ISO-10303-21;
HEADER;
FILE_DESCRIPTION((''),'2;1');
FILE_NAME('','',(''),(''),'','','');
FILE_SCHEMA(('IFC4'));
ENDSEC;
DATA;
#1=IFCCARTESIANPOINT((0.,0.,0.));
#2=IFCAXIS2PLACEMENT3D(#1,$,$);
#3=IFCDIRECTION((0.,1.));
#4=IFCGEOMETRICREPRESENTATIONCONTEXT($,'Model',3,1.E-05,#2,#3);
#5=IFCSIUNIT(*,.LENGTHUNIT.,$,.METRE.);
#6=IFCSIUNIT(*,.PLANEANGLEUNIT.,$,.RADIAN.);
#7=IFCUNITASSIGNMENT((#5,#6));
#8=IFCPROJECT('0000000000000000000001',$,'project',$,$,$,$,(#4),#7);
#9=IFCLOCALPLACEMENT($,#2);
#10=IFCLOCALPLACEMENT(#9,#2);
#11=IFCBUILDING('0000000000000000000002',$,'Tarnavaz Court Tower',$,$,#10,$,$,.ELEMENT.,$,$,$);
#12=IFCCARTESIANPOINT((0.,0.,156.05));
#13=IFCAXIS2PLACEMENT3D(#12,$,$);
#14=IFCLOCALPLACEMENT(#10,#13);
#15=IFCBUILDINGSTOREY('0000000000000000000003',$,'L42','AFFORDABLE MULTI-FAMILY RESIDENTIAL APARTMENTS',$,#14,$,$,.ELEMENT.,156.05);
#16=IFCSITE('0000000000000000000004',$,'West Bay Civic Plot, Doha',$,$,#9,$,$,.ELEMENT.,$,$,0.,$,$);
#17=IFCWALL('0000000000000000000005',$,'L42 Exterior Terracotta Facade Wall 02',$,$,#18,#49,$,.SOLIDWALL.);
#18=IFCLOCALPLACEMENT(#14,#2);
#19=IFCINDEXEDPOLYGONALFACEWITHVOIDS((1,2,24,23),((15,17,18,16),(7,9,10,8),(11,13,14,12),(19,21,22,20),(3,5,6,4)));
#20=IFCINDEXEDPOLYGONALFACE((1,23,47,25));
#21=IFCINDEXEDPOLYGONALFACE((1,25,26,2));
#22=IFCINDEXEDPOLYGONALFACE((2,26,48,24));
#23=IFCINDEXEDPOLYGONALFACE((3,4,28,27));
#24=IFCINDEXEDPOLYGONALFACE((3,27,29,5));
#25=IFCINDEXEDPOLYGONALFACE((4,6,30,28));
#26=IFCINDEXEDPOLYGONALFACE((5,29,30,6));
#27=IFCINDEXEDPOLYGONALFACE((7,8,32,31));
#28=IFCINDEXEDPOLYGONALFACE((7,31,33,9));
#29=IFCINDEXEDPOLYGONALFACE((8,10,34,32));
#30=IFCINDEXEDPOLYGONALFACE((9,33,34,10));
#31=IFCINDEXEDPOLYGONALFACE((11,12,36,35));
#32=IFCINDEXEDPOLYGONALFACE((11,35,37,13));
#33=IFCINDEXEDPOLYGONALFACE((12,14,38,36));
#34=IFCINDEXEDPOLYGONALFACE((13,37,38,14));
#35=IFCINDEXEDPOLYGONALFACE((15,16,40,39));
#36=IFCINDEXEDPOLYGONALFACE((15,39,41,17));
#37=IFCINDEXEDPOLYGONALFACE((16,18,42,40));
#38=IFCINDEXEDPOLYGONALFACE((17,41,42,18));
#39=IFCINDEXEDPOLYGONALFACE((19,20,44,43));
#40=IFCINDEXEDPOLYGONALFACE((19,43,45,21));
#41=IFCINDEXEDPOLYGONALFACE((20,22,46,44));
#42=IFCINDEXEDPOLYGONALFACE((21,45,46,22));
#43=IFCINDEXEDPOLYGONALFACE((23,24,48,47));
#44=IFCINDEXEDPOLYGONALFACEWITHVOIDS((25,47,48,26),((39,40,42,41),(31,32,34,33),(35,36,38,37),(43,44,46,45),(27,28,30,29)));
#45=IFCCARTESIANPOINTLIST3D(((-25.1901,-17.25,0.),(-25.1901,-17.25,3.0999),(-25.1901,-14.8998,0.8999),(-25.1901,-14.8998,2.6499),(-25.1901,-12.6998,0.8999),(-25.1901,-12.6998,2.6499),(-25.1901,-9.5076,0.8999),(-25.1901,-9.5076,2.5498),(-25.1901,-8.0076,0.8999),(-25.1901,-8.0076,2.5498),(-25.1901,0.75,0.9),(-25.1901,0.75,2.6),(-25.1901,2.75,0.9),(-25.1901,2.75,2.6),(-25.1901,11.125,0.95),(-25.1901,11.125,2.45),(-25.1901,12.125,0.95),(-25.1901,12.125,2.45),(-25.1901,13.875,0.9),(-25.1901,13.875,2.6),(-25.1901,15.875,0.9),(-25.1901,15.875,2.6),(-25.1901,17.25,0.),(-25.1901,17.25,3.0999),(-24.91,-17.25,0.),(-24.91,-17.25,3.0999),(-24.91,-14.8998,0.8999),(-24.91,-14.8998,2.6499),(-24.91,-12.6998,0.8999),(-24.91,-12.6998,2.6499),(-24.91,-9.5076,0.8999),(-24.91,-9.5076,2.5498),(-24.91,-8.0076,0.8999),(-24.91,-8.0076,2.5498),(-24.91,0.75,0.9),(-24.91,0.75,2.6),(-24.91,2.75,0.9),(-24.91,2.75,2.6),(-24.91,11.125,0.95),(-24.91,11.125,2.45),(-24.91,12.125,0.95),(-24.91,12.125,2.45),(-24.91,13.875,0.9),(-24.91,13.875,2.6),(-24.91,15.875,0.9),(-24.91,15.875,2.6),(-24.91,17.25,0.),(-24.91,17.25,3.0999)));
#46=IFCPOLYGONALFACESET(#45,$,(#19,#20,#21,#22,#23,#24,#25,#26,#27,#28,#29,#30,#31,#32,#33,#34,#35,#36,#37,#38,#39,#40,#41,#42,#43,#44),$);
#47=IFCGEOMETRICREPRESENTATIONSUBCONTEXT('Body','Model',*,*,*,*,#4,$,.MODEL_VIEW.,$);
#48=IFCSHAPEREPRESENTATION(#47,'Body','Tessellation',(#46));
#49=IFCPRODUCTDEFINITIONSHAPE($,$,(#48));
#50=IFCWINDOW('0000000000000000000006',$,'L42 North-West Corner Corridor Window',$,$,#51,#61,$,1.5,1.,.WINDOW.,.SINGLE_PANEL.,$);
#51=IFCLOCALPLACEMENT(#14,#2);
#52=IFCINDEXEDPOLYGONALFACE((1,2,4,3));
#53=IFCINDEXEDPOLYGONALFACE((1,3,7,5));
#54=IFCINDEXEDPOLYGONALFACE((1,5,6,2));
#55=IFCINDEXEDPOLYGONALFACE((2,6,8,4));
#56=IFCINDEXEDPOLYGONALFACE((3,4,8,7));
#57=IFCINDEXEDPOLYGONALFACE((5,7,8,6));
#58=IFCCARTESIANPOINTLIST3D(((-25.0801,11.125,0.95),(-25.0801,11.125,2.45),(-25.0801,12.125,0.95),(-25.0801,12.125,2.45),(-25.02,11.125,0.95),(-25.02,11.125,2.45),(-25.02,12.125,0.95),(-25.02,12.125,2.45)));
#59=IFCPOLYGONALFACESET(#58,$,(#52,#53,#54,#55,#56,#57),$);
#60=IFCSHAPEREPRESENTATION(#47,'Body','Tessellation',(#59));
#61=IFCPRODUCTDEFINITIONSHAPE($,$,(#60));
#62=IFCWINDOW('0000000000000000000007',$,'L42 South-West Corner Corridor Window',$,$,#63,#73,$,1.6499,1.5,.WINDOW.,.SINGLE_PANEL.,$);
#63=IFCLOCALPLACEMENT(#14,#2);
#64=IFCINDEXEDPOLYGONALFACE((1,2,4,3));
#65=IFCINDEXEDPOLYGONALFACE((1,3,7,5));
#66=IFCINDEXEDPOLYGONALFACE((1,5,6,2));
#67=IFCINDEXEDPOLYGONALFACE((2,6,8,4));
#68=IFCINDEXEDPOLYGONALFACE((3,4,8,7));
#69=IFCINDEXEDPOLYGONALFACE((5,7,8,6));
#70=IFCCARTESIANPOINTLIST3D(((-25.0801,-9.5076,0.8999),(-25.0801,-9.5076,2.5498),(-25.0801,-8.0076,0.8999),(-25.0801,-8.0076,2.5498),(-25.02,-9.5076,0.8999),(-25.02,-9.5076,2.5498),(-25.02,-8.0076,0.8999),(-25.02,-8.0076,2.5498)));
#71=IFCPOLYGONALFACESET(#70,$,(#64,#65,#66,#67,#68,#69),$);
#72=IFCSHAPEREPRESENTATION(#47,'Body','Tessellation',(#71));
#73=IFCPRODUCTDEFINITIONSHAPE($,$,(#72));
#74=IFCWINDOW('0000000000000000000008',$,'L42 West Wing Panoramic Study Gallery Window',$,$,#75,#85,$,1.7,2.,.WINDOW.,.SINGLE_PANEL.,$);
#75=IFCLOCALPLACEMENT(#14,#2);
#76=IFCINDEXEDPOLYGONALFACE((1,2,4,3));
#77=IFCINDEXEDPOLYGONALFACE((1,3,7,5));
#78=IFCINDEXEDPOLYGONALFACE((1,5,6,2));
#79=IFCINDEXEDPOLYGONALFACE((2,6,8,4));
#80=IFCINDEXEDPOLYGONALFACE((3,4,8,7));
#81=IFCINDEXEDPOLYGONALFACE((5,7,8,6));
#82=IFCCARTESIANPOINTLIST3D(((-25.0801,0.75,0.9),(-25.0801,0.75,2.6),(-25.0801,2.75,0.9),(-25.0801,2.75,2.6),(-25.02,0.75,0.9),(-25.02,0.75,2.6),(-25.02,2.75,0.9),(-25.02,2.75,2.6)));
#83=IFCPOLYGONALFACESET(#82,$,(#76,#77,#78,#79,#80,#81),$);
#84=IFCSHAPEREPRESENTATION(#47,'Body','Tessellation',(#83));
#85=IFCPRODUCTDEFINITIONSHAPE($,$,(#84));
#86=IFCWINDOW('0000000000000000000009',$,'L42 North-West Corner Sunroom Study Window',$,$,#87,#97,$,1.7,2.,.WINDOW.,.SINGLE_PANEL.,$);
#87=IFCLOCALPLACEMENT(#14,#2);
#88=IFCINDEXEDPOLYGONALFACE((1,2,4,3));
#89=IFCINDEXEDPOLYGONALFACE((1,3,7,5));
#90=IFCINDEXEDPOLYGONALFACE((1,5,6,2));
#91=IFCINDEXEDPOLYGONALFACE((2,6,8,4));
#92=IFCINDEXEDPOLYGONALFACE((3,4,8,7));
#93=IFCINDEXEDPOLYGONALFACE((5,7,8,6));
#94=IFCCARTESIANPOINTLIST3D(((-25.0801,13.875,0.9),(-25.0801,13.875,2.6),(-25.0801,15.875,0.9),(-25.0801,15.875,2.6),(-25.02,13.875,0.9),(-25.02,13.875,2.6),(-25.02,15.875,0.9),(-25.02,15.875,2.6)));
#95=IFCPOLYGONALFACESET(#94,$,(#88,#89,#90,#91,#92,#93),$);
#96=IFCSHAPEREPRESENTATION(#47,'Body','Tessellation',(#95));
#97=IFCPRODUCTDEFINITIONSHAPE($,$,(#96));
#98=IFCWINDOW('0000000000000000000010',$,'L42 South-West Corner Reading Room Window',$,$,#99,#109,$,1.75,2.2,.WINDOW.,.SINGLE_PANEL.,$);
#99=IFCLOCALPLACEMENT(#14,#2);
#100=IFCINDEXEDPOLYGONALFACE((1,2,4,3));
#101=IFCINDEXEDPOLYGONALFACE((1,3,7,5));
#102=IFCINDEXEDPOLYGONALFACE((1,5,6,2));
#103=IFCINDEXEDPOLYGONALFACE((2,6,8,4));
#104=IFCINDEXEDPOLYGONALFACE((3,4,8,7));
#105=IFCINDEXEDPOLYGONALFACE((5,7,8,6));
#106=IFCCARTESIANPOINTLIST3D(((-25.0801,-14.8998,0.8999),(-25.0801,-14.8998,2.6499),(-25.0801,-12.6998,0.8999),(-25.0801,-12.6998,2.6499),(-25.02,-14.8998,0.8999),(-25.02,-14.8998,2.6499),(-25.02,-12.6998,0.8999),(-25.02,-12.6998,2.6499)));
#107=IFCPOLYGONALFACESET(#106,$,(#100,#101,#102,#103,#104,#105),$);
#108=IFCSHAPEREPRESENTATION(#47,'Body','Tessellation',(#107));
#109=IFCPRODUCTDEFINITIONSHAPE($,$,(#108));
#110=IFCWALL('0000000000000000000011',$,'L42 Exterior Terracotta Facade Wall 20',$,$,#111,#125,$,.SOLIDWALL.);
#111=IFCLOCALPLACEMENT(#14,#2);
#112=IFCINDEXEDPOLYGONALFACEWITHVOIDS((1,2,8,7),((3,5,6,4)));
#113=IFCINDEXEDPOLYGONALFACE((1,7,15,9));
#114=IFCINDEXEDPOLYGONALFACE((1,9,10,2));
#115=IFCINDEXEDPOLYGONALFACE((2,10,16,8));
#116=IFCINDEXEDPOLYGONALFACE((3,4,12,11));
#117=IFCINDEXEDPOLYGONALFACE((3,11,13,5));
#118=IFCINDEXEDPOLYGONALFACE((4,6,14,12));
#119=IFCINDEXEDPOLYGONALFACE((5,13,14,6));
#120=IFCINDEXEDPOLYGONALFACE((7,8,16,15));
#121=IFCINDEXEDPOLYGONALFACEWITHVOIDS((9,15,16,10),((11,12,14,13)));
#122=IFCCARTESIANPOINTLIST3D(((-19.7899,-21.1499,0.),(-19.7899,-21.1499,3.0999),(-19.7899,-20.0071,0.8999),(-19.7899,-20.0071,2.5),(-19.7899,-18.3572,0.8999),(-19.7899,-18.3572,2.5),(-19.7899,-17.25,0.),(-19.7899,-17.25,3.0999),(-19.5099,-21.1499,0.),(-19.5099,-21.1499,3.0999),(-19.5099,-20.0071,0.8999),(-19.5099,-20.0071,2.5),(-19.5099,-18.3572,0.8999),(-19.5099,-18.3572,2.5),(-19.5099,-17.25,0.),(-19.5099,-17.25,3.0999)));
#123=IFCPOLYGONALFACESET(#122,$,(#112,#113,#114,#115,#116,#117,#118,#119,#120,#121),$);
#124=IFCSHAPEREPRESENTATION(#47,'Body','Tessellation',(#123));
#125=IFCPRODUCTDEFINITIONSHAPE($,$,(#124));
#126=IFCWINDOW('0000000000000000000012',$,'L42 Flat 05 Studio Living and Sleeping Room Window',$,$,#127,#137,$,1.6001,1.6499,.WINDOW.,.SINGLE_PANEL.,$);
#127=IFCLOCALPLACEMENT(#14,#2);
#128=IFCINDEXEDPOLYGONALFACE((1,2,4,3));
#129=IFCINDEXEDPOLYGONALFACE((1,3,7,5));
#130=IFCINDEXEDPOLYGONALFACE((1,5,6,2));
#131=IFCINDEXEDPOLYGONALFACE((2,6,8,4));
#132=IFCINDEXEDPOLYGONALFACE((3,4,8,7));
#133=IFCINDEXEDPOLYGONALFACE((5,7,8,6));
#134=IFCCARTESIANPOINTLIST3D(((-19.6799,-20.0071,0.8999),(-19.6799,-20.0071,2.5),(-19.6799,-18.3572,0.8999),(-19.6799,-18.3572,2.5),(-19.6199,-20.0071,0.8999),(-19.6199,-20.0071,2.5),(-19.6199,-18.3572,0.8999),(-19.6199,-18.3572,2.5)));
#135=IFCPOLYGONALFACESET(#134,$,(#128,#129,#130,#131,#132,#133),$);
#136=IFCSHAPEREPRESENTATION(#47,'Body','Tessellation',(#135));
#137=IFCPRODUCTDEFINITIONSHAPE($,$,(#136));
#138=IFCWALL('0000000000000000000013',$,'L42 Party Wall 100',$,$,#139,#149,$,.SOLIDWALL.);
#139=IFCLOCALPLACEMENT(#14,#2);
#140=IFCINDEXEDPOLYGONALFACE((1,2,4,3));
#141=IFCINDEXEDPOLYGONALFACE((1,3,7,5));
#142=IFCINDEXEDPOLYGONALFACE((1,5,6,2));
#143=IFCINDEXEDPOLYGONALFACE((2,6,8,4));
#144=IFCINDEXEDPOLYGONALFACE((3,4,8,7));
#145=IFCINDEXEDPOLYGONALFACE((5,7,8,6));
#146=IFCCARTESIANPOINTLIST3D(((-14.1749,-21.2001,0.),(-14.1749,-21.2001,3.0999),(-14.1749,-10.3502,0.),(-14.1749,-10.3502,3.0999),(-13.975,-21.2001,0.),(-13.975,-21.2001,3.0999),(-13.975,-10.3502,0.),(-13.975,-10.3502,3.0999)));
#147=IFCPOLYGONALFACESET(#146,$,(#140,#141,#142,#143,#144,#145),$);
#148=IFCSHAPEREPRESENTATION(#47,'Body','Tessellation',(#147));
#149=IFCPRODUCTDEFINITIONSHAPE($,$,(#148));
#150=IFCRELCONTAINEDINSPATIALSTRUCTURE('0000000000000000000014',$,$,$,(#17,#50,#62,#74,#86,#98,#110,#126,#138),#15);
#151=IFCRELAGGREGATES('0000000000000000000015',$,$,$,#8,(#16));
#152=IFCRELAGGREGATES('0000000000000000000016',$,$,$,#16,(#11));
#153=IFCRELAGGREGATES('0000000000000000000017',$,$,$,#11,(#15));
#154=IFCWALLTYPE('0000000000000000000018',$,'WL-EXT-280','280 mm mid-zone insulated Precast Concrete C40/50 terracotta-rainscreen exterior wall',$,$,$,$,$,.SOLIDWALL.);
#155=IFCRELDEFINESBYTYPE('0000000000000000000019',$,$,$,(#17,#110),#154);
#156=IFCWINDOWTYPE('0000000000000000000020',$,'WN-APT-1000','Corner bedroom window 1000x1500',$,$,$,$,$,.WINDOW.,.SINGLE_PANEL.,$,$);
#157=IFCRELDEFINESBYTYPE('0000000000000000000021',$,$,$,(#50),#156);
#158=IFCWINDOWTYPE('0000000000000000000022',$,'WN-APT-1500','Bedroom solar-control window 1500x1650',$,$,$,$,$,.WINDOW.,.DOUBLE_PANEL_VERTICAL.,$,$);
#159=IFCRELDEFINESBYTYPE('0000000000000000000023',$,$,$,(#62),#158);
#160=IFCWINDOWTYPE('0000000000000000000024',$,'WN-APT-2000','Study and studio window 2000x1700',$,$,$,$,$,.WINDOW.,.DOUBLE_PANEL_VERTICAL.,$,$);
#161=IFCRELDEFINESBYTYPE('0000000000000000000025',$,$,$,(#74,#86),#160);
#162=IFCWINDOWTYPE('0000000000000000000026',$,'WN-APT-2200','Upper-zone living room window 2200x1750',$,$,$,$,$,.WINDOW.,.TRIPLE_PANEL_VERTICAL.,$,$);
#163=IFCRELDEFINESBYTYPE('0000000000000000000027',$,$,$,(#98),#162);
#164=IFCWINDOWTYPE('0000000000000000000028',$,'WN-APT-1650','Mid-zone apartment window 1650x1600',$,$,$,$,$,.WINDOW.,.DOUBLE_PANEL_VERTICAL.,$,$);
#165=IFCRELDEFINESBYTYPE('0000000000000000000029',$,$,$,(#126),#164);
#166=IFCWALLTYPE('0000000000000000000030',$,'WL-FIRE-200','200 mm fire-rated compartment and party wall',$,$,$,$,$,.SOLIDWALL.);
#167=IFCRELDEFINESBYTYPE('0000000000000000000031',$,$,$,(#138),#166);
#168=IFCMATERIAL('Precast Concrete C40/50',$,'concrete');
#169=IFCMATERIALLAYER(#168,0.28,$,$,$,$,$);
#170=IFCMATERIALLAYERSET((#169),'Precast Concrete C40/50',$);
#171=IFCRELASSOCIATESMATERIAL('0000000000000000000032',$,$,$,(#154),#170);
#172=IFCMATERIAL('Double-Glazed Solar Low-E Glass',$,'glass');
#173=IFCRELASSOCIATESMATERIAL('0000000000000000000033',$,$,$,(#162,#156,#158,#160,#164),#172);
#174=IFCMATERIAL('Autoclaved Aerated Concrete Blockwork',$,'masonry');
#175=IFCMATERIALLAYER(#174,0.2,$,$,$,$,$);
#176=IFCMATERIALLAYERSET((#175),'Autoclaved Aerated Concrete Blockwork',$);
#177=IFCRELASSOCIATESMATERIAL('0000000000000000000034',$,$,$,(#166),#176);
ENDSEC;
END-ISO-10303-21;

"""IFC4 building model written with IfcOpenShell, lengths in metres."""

from ifc_helpers import new_model, si_unit, direction, frame, frame_2d, origin, place, context, subcontext, project, spatial, rectangle, extrude, material, layer, layer_set, type_object, element, fill, save


model = new_model("IFC4")

# Units and contexts
model_context = context("Model", 3, precision=1e-05, world=origin(), true_north=direction((0.0, 1.0)))
body_context = subcontext(model_context, "Body", "Model", "MODEL_VIEW")
ifc_project = project(units=[si_unit("LENGTHUNIT", "METRE"), si_unit("PLANEANGLEUNIT", "RADIAN")], contexts=[model_context])

# Site, building, storey
site_placement = place(None, origin())
site = spatial("IfcSite", under=ifc_project, at=site_placement, Name="West Bay Civic Plot, Doha", CompositionType="ELEMENT", RefElevation=0.0)
building_placement = place(site_placement, origin())
building = spatial("IfcBuilding", under=site, at=building_placement, Name="Tarnavaz Court Tower", CompositionType="ELEMENT")
storey_placement = place(building_placement, frame((0.0, 0.0, 156.05)))
storey = spatial("IfcBuildingStorey", under=building, at=storey_placement, Name="L42", Description="AFFORDABLE MULTI-FAMILY RESIDENTIAL APARTMENTS", CompositionType="ELEMENT", Elevation=156.05)

# Shared definitions
ifc_material_1 = material(Name="Precast Concrete C40/50", Category="concrete")
ifc_layer_1 = layer(ifc_material_1, 0.28)
ifc_layer_set_1 = layer_set([ifc_layer_1], Name="Precast Concrete C40/50")
wall_type_1 = type_object("IfcWallType", Name="WL-EXT-280", Description="280 mm mid-zone insulated Precast Concrete C40/50 terracotta-rainscreen exterior wall", PredefinedType="SOLIDWALL", material=ifc_layer_set_1)
ifc_material_2 = material(Name="Double-Glazed Solar Low-E Glass", Category="glass")
window_type_1 = type_object("IfcWindowType", Name="WN-APT-2200", Description="Upper-zone living room window 2200x1750", PartitioningType="TRIPLE_PANEL_VERTICAL", PredefinedType="WINDOW", material=ifc_material_2)

# Wall, openings, windows
wall_1_placement = place(storey_placement, frame((-25.05, -17.25, 0.0), z_axis=(0.0, 0.0, 1.0), x_axis=(0.0, 1.0, 0.0)))
wall_1 = element("IfcWall", 1, at=wall_1_placement, inside=storey, type_object=wall_type_1, Name="L42 Exterior Terracotta Facade Wall 02", PredefinedType="SOLIDWALL", context=body_context, shape_type="SweptSolid", body=[
    extrude(rectangle(XDim=34.5, YDim=0.28, at=frame_2d((17.25, 0.0))), origin(), (0.0, 0.0, 1.0), 3.0999),
])
opening_1_placement = place(wall_1_placement, frame((2.3501, 0.0, 0.8999)))
opening_1 = element("IfcOpeningElement", 2, at=opening_1_placement, cuts=wall_1, PredefinedType="OPENING", context=body_context, shape_type="SweptSolid", body=[
    extrude(rectangle(XDim=2.2, YDim=1.75, at=frame_2d((1.1001, 0.875))), frame((0.0, 0.1499, 0.0), z_axis=(0.0, -1.0, 0.0), x_axis=(1.0, 0.0, 0.0)), (0.0, 0.0, 1.0), 0.3),
])
opening_2_placement = place(wall_1_placement, frame((7.7424, 0.0, 0.8999)))
opening_2 = element("IfcOpeningElement", 3, at=opening_2_placement, cuts=wall_1, PredefinedType="OPENING", context=body_context, shape_type="SweptSolid", body=[
    extrude(rectangle(XDim=1.5, YDim=1.6499, at=frame_2d((0.75, 0.825))), frame((0.0, 0.1499, 0.0), z_axis=(0.0, -1.0, 0.0), x_axis=(1.0, 0.0, 0.0)), (0.0, 0.0, 1.0), 0.3),
])
opening_3_placement = place(wall_1_placement, frame((18.0, 0.0, 0.8999)))
opening_3 = element("IfcOpeningElement", 4, at=opening_3_placement, cuts=wall_1, PredefinedType="OPENING", context=body_context, shape_type="SweptSolid", body=[
    extrude(rectangle(XDim=2.0, YDim=1.7, at=frame_2d((1.0, 0.8501))), frame((0.0, 0.1499, 0.0), z_axis=(0.0, -1.0, 0.0), x_axis=(1.0, 0.0, 0.0)), (0.0, 0.0, 1.0), 0.3),
])
opening_4_placement = place(wall_1_placement, frame((28.375, 0.0, 0.95)))
opening_4 = element("IfcOpeningElement", 5, at=opening_4_placement, cuts=wall_1, PredefinedType="OPENING", context=body_context, shape_type="SweptSolid", body=[
    extrude(rectangle(XDim=1.0, YDim=1.5, at=frame_2d((0.5, 0.75))), frame((0.0, 0.1499, 0.0), z_axis=(0.0, -1.0, 0.0), x_axis=(1.0, 0.0, 0.0)), (0.0, 0.0, 1.0), 0.3),
])
opening_5_placement = place(wall_1_placement, frame((31.125, 0.0, 0.8999)))
opening_5 = element("IfcOpeningElement", 6, at=opening_5_placement, cuts=wall_1, PredefinedType="OPENING", context=body_context, shape_type="SweptSolid", body=[
    extrude(rectangle(XDim=2.0, YDim=1.7, at=frame_2d((1.0, 0.8501))), frame((0.0, 0.1499, 0.0), z_axis=(0.0, -1.0, 0.0), x_axis=(1.0, 0.0, 0.0)), (0.0, 0.0, 1.0), 0.3),
])
window_type_2 = type_object("IfcWindowType", Name="WN-APT-1000", Description="Corner bedroom window 1000x1500", PartitioningType="SINGLE_PANEL", PredefinedType="WINDOW", material=ifc_material_2)
window_1_placement = place(opening_4_placement, origin())
window_1 = element("IfcWindow", 7, at=window_1_placement, inside=storey, type_object=window_type_2, Name="L42 North-West Corner Corridor Window", OverallHeight=1.5, OverallWidth=1.0, PartitioningType="SINGLE_PANEL", PredefinedType="WINDOW", context=body_context, shape_type="SweptSolid", body=[
    extrude(rectangle(XDim=1.0, YDim=1.5, at=frame_2d((0.5, 0.75))), frame((0.0, 0.03, 0.0), z_axis=(0.0, -1.0, 0.0), x_axis=(1.0, 0.0, 0.0)), (0.0, 0.0, 1.0), 0.0601),
])
fill(opening_4, window_1)
window_type_3 = type_object("IfcWindowType", Name="WN-APT-1500", Description="Bedroom solar-control window 1500x1650", PartitioningType="DOUBLE_PANEL_VERTICAL", PredefinedType="WINDOW", material=ifc_material_2)
window_2_placement = place(opening_2_placement, origin())
window_2 = element("IfcWindow", 8, at=window_2_placement, inside=storey, type_object=window_type_3, Name="L42 South-West Corner Corridor Window", OverallHeight=1.6499, OverallWidth=1.5, PartitioningType="SINGLE_PANEL", PredefinedType="WINDOW", context=body_context, shape_type="SweptSolid", body=[
    extrude(rectangle(XDim=1.5, YDim=1.6499, at=frame_2d((0.75, 0.825))), frame((0.0, 0.03, 0.0), z_axis=(0.0, -1.0, 0.0), x_axis=(1.0, 0.0, 0.0)), (0.0, 0.0, 1.0), 0.0601),
])
fill(opening_2, window_2)
window_type_4 = type_object("IfcWindowType", Name="WN-APT-2000", Description="Study and studio window 2000x1700", PartitioningType="DOUBLE_PANEL_VERTICAL", PredefinedType="WINDOW", material=ifc_material_2)
window_3_placement = place(opening_3_placement, origin())
window_3 = element("IfcWindow", 9, at=window_3_placement, inside=storey, type_object=window_type_4, Name="L42 West Wing Panoramic Study Gallery Window", OverallHeight=1.7, OverallWidth=2.0, PartitioningType="SINGLE_PANEL", PredefinedType="WINDOW", context=body_context, shape_type="SweptSolid", body=[
    extrude(rectangle(XDim=2.0, YDim=1.7, at=frame_2d((1.0, 0.8501))), frame((0.0, 0.03, 0.0), z_axis=(0.0, -1.0, 0.0), x_axis=(1.0, 0.0, 0.0)), (0.0, 0.0, 1.0), 0.0601),
])
fill(opening_3, window_3)
window_4_placement = place(opening_5_placement, origin())
window_4 = element("IfcWindow", 10, at=window_4_placement, inside=storey, type_object=window_type_4, Name="L42 North-West Corner Sunroom Study Window", OverallHeight=1.7, OverallWidth=2.0, PartitioningType="SINGLE_PANEL", PredefinedType="WINDOW", context=body_context, shape_type="SweptSolid", body=[
    extrude(rectangle(XDim=2.0, YDim=1.7, at=frame_2d((1.0, 0.8501))), frame((0.0, 0.03, 0.0), z_axis=(0.0, -1.0, 0.0), x_axis=(1.0, 0.0, 0.0)), (0.0, 0.0, 1.0), 0.0601),
])
fill(opening_5, window_4)
window_5_placement = place(opening_1_placement, origin())
window_5 = element("IfcWindow", 11, at=window_5_placement, inside=storey, type_object=window_type_1, Name="L42 South-West Corner Reading Room Window", OverallHeight=1.75, OverallWidth=2.2, PartitioningType="SINGLE_PANEL", PredefinedType="WINDOW", context=body_context, shape_type="SweptSolid", body=[
    extrude(rectangle(XDim=2.2, YDim=1.75, at=frame_2d((1.1001, 0.875))), frame((0.0, 0.03, 0.0), z_axis=(0.0, -1.0, 0.0), x_axis=(1.0, 0.0, 0.0)), (0.0, 0.0, 1.0), 0.0601),
])
fill(opening_1, window_5)

# Wall, opening, window
wall_2_placement = place(storey_placement, frame((-19.6499, -21.1499, 0.0), z_axis=(0.0, 0.0, 1.0), x_axis=(0.0, 1.0, 0.0)))
wall_2 = element("IfcWall", 12, at=wall_2_placement, inside=storey, type_object=wall_type_1, Name="L42 Exterior Terracotta Facade Wall 20", PredefinedType="SOLIDWALL", context=body_context, shape_type="SweptSolid", body=[
    extrude(rectangle(XDim=3.8999, YDim=0.28, at=frame_2d((1.95, 0.0))), origin(), (0.0, 0.0, 1.0), 3.0999),
])
opening_6_placement = place(wall_2_placement, frame((1.1428, 0.0, 0.8999)))
opening_6 = element("IfcOpeningElement", 13, at=opening_6_placement, cuts=wall_2, PredefinedType="OPENING", context=body_context, shape_type="SweptSolid", body=[
    extrude(rectangle(XDim=1.6499, YDim=1.6001, at=frame_2d((0.825, 0.8))), frame((0.0, 0.1499, 0.0), z_axis=(0.0, -1.0, 0.0), x_axis=(1.0, 0.0, 0.0)), (0.0, 0.0, 1.0), 0.3),
])
window_type_5 = type_object("IfcWindowType", Name="WN-APT-1650", Description="Mid-zone apartment window 1650x1600", PartitioningType="DOUBLE_PANEL_VERTICAL", PredefinedType="WINDOW", material=ifc_material_2)
window_6_placement = place(opening_6_placement, origin())
window_6 = element("IfcWindow", 14, at=window_6_placement, inside=storey, type_object=window_type_5, Name="L42 Flat 05 Studio Living and Sleeping Room Window", OverallHeight=1.6001, OverallWidth=1.6499, PartitioningType="SINGLE_PANEL", PredefinedType="WINDOW", context=body_context, shape_type="SweptSolid", body=[
    extrude(rectangle(XDim=1.6499, YDim=1.6001, at=frame_2d((0.825, 0.8))), frame((0.0, 0.03, 0.0), z_axis=(0.0, -1.0, 0.0), x_axis=(1.0, 0.0, 0.0)), (0.0, 0.0, 1.0), 0.0601),
])
fill(opening_6, window_6)

# Wall
ifc_material_3 = material(Name="Autoclaved Aerated Concrete Blockwork", Category="masonry")
ifc_layer_2 = layer(ifc_material_3, 0.2)
ifc_layer_set_2 = layer_set([ifc_layer_2], Name="Autoclaved Aerated Concrete Blockwork")
wall_type_2 = type_object("IfcWallType", Name="WL-FIRE-200", Description="200 mm fire-rated compartment and party wall", PredefinedType="SOLIDWALL", material=ifc_layer_set_2)
wall_3_placement = place(storey_placement, frame((-14.075, -21.2, 0.0), z_axis=(0.0, 0.0, 1.0), x_axis=(0.0, 1.0, 0.0)))
element("IfcWall", 15, at=wall_3_placement, inside=storey, type_object=wall_type_2, Name="L42 Party Wall 100", PredefinedType="SOLIDWALL", context=body_context, shape_type="SweptSolid", body=[
    extrude(rectangle(XDim=10.8499, YDim=0.2, at=frame_2d((5.4248, 0.0))), origin(), (0.0, 0.0, 1.0), 3.0999),
])

save(model, "model.ifc")
